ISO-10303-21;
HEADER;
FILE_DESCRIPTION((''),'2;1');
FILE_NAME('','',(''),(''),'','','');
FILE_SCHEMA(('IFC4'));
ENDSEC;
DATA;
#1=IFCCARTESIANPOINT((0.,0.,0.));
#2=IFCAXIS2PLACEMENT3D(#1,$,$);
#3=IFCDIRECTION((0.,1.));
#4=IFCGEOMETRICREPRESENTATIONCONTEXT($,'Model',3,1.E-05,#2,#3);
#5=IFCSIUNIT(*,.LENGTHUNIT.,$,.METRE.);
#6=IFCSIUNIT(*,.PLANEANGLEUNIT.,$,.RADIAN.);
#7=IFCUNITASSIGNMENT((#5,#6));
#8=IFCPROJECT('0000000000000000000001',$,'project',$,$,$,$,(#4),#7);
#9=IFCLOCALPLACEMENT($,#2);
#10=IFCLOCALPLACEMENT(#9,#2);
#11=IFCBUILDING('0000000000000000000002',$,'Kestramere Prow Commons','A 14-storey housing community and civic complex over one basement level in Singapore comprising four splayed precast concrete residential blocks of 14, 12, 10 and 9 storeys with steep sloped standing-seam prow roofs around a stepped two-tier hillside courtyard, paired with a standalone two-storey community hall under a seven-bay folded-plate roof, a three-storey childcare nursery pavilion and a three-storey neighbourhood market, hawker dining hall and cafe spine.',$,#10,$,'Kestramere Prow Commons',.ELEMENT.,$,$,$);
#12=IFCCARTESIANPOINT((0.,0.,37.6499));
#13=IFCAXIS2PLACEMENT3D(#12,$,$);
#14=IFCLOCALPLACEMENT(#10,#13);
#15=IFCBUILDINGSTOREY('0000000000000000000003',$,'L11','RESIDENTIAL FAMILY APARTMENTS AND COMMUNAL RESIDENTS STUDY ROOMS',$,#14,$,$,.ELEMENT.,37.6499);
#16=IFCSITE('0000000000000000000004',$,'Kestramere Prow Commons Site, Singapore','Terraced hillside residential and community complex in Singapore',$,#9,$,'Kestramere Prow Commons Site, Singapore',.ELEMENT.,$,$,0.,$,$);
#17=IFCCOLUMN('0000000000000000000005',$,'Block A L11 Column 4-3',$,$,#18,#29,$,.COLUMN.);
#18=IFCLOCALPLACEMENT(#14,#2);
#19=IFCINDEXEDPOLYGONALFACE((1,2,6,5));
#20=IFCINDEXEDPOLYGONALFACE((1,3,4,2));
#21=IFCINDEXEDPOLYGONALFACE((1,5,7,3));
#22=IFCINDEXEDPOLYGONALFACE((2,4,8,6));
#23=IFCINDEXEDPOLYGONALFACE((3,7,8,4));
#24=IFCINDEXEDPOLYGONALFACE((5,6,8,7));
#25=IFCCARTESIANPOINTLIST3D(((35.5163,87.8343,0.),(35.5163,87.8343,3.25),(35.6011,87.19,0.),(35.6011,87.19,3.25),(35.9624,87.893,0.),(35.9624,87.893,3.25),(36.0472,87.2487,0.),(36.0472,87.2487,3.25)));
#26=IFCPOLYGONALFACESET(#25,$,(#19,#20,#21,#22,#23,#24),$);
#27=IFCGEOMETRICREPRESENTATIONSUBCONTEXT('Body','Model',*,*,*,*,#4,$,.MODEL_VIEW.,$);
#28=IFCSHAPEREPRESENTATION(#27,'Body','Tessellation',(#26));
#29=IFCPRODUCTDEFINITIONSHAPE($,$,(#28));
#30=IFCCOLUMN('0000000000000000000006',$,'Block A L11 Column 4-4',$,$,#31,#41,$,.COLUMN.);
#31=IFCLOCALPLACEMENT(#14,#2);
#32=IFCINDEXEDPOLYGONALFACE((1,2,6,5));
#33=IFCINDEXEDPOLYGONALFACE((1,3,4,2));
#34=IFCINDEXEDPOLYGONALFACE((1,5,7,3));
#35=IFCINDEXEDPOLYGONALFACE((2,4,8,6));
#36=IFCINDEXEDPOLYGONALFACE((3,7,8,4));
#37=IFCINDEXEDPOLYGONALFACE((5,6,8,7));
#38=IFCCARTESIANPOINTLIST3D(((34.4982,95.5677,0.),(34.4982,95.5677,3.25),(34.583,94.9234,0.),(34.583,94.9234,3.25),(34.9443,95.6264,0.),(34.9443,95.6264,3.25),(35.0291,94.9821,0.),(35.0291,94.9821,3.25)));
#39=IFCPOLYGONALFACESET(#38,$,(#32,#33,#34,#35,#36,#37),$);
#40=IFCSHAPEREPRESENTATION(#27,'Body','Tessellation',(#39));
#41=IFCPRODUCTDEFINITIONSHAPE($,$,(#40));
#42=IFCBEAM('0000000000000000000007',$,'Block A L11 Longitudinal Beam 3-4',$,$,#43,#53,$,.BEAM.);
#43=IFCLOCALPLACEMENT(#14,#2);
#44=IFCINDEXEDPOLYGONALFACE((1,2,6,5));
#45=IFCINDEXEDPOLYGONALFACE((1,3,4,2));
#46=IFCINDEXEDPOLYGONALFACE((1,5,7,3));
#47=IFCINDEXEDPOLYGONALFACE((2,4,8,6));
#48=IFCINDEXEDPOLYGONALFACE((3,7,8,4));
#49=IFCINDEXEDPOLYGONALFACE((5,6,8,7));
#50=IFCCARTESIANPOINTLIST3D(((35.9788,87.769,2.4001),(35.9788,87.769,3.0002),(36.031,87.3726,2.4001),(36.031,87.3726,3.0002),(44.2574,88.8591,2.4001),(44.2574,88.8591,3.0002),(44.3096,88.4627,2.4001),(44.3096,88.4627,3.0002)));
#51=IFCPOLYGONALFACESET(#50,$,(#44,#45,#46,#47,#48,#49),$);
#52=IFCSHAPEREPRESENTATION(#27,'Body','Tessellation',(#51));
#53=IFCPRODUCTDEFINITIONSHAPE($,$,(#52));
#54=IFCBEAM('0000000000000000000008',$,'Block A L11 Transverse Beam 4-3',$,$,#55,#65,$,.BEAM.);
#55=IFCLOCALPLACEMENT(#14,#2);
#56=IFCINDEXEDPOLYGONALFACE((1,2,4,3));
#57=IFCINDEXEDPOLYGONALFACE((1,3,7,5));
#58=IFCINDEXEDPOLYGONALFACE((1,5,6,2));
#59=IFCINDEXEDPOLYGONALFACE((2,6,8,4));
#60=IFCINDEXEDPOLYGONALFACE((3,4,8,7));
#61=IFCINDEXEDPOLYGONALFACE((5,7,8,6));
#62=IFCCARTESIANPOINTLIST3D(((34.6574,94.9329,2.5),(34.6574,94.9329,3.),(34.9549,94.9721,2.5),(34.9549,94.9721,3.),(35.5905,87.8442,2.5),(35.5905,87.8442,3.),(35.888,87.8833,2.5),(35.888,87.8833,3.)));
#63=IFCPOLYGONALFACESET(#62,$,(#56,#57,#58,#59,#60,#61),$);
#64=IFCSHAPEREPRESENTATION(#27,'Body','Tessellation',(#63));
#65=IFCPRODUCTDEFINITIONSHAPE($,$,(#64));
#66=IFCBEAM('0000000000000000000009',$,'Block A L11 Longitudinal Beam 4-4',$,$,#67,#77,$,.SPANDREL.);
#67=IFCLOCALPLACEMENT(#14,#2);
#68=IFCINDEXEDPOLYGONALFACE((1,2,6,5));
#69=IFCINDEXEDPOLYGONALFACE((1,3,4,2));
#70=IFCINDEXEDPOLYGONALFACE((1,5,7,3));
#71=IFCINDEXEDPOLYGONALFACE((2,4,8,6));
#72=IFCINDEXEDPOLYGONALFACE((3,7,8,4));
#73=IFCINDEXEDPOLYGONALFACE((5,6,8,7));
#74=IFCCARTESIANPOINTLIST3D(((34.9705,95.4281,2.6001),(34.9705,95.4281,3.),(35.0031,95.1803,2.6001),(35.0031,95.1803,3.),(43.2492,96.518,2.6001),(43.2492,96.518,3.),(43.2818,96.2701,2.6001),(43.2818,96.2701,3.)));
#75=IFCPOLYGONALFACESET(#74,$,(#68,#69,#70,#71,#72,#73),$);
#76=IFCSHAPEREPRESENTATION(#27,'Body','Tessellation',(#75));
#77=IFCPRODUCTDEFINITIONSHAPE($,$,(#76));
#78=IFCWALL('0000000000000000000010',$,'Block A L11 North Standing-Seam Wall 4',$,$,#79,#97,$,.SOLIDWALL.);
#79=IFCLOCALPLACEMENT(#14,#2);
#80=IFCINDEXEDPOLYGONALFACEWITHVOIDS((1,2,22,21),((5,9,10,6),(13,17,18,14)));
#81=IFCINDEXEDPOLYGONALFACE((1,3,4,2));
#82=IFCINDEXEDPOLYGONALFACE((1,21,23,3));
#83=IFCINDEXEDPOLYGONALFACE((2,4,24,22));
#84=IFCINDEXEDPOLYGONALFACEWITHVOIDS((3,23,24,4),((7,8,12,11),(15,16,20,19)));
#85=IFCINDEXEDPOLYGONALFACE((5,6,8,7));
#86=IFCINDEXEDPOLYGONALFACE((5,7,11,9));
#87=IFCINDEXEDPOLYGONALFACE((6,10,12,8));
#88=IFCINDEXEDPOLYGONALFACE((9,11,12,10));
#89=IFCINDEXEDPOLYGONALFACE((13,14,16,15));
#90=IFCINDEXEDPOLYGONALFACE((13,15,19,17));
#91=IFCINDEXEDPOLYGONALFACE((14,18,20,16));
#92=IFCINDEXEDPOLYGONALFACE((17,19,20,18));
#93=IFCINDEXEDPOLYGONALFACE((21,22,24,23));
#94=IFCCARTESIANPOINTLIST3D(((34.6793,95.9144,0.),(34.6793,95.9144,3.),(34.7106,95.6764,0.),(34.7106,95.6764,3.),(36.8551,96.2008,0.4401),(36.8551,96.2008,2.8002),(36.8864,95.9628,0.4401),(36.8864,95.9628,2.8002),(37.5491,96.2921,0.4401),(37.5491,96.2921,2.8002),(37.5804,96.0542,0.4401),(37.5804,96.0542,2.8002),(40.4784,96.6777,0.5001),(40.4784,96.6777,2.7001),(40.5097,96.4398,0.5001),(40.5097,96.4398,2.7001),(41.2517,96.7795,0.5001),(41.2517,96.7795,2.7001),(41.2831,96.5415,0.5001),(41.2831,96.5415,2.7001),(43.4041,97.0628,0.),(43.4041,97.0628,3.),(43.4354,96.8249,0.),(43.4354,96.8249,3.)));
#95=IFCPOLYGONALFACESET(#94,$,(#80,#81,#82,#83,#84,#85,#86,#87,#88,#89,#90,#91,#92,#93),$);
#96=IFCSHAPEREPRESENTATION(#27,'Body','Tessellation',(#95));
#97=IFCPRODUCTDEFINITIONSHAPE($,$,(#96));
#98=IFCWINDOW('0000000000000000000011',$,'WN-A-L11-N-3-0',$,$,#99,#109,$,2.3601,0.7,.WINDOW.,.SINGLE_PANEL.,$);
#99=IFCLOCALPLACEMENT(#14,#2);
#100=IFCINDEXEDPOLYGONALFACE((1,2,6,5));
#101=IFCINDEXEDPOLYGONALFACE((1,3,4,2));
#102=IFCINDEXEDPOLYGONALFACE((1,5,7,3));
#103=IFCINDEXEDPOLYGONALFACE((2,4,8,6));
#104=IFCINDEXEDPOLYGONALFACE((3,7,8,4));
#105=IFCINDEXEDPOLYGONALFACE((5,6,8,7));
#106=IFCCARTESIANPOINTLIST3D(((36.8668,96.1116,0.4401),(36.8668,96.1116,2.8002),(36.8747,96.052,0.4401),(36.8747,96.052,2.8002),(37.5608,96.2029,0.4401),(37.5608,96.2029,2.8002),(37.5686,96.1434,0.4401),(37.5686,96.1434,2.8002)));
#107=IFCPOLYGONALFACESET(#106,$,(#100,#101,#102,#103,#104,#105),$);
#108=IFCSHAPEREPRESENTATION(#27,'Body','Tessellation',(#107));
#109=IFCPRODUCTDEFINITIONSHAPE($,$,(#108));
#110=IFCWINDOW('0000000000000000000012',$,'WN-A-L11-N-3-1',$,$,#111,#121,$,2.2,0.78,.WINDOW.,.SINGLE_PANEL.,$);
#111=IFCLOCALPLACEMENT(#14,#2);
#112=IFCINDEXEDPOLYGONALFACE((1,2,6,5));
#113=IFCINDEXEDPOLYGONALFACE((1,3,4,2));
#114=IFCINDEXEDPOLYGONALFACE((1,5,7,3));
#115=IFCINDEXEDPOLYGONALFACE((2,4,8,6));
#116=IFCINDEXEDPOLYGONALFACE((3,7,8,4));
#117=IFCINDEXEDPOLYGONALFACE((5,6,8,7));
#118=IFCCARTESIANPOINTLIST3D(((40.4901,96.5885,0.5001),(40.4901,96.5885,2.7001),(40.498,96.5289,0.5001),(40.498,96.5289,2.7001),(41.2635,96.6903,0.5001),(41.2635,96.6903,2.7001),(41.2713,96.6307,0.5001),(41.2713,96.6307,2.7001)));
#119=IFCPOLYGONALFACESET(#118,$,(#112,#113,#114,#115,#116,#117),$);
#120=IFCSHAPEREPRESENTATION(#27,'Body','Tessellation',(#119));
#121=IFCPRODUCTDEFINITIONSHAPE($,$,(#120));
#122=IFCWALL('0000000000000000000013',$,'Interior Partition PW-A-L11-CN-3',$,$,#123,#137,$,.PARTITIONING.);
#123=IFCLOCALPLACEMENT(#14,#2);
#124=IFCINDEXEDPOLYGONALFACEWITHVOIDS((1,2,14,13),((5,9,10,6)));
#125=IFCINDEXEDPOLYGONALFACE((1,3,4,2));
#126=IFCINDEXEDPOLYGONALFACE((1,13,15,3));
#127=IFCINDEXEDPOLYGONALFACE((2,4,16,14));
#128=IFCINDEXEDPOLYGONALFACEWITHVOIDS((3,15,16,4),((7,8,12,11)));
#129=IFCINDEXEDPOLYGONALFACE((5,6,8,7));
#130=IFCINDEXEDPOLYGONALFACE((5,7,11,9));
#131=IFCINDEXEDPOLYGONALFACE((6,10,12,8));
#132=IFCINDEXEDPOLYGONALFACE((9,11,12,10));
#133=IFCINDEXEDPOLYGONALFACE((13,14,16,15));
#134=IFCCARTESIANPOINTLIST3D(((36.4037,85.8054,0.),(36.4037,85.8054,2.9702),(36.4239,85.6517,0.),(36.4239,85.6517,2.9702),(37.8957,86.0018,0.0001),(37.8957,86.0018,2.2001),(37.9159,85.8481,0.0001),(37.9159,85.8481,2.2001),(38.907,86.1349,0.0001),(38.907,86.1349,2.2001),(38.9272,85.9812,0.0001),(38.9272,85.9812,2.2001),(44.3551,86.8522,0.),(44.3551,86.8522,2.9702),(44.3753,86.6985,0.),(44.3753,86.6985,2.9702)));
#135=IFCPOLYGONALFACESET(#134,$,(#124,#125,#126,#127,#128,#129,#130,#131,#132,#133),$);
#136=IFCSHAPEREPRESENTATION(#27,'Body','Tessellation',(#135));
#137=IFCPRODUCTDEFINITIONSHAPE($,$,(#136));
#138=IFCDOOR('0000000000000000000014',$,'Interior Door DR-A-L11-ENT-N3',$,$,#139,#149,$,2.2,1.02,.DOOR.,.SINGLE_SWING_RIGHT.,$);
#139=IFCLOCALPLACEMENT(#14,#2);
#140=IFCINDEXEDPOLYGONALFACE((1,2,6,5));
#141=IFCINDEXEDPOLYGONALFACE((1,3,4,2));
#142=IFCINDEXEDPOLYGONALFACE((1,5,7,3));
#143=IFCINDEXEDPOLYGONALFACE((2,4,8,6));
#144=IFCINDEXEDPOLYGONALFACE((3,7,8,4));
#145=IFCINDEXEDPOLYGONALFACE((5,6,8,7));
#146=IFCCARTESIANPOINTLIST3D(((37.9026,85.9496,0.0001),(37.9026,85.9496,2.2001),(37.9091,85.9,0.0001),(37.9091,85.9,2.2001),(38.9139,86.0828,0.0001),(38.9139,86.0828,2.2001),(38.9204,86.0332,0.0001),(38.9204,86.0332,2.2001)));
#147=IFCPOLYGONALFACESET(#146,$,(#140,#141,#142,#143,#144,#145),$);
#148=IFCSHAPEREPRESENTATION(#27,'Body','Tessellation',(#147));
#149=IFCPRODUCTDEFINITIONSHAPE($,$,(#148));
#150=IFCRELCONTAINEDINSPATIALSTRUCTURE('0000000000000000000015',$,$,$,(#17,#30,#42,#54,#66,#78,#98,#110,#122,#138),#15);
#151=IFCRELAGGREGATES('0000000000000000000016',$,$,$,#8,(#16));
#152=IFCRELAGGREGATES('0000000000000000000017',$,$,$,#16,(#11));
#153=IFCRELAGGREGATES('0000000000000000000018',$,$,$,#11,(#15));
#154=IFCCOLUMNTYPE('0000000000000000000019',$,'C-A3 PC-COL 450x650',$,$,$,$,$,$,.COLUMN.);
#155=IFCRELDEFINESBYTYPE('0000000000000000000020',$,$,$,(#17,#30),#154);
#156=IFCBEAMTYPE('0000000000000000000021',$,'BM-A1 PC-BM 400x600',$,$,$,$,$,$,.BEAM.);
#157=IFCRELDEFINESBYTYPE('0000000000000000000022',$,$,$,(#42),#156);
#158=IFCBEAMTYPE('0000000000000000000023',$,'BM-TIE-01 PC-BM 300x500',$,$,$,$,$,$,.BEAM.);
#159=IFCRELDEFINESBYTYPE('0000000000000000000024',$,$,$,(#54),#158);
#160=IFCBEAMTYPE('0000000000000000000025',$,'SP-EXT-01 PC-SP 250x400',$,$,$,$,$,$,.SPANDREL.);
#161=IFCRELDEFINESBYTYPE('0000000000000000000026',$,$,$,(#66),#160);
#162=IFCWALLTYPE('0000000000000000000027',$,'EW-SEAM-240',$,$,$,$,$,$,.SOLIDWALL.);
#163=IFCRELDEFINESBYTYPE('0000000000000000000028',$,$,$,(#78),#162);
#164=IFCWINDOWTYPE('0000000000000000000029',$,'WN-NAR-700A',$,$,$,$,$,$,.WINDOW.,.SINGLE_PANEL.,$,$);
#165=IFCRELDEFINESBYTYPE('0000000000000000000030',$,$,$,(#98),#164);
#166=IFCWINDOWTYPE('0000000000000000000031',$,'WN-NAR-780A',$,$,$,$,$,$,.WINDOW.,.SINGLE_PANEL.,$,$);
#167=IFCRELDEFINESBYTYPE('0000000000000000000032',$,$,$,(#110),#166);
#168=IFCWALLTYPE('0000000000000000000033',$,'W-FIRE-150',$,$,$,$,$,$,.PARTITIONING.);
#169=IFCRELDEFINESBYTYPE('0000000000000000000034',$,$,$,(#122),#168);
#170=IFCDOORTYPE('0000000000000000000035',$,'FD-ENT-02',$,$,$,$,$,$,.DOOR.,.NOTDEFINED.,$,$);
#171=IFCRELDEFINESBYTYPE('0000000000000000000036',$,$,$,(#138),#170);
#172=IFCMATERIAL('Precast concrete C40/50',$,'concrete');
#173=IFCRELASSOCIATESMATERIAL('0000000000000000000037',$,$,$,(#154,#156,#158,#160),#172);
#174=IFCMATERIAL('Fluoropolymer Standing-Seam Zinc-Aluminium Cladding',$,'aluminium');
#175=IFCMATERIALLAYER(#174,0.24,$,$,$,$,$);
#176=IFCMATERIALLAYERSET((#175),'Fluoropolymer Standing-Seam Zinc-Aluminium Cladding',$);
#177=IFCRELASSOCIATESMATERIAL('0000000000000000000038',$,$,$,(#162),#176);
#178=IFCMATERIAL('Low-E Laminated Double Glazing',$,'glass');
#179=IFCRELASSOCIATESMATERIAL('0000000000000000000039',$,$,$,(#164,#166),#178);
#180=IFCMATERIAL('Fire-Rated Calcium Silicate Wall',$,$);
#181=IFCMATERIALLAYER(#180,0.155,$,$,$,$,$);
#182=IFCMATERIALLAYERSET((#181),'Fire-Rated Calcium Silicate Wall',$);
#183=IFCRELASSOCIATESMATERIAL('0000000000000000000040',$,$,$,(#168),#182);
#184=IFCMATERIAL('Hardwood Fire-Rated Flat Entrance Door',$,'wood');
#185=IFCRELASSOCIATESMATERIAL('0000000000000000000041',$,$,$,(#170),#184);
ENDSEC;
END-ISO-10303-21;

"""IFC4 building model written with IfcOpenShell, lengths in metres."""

from ifc_helpers import new_model, si_unit, direction, frame, frame_2d, origin, origin_2d, place, context, subcontext, project, spatial, rectangle, extrude, material, layer, layer_set, material_profile, profile_set, type_object, element, fill, save


model = new_model("IFC4")

# Units and contexts
model_context = context("Model", 3, precision=1e-05, world=origin(), true_north=direction((0.0, 1.0)))
body_context = subcontext(model_context, "Body", "Model", "MODEL_VIEW")
ifc_project = project(units=[si_unit("LENGTHUNIT", "METRE"), si_unit("PLANEANGLEUNIT", "RADIAN")], contexts=[model_context])

# Site, building, storey
site_placement = place(None, origin())
site = spatial("IfcSite", under=ifc_project, at=site_placement, Name="Kestramere Prow Commons Site, Singapore", Description="Terraced hillside residential and community complex in Singapore", LongName="Kestramere Prow Commons Site, Singapore", CompositionType="ELEMENT", RefElevation=0.0)
building_placement = place(site_placement, origin())
building = spatial("IfcBuilding", under=site, at=building_placement, Name="Kestramere Prow Commons", Description="A 14-storey housing community and civic complex over one basement level in Singapore comprising four splayed precast concrete residential blocks of 14, 12, 10 and 9 storeys with steep sloped standing-seam prow roofs around a stepped two-tier hillside courtyard, paired with a standalone two-storey community hall under a seven-bay folded-plate roof, a three-storey childcare nursery pavilion and a three-storey neighbourhood market, hawker dining hall and cafe spine.", LongName="Kestramere Prow Commons", CompositionType="ELEMENT")
storey_placement = place(building_placement, frame((0.0, 0.0, 37.6499)))
storey = spatial("IfcBuildingStorey", under=building, at=storey_placement, Name="L11", Description="RESIDENTIAL FAMILY APARTMENTS AND COMMUNAL RESIDENTS STUDY ROOMS", CompositionType="ELEMENT", Elevation=37.6499)

# Columns
ifc_material_1 = material(Name="Precast concrete C40/50", Category="concrete")
ifc_material_profile_1 = material_profile(ifc_material_1, rectangle(XDim=0.45, YDim=0.6499, at=origin_2d()), Name="PC-COL 450x650")
ifc_profile_set_1 = profile_set([ifc_material_profile_1], Name="Precast concrete C40/50")
column_type = type_object("IfcColumnType", Name="C-A3 PC-COL 450x650", PredefinedType="COLUMN", material=ifc_profile_set_1)
for number, where, z_axis, x_axis, name in (
    (1, (35.7817, 87.5415, 0.0), (0.0, 0.0, 1.0), (0.991445, 0.130526, 0.0), "Block A L11 Column 4-3"),
    (2, (34.7637, 95.2749, 0.0), (0.0, 0.0, 1.0), (0.991445, 0.130526, 0.0), "Block A L11 Column 4-4"),
):
    element("IfcColumn", number, at=place(storey_placement, frame(where, z_axis=z_axis, x_axis=x_axis)), inside=storey, type_object=column_type, Name=name, PredefinedType="COLUMN", context=body_context, shape_type="SweptSolid", body=[
        extrude(rectangle(XDim=0.45, YDim=0.6499, at=origin_2d()), origin(), (0.0, 0.0, 1.0), 3.25),
    ])

# Beams
ifc_material_profile_2 = material_profile(ifc_material_1, rectangle(XDim=0.3999, YDim=0.6001, at=origin_2d()), Name="PC-BM 400x600")
ifc_profile_set_2 = profile_set([ifc_material_profile_2], Name="Precast concrete C40/50")
beam_type_1 = type_object("IfcBeamType", Name="BM-A1 PC-BM 400x600", PredefinedType="BEAM", material=ifc_profile_set_2)
beam_1_placement = place(storey_placement, frame((36.0049, 87.5708, 2.7002), z_axis=(0.991442, 0.130549, 0.0), x_axis=(-0.130549, 0.991442, 0.0)))
element("IfcBeam", 3, at=beam_1_placement, inside=storey, type_object=beam_type_1, Name="Block A L11 Longitudinal Beam 3-4", PredefinedType="BEAM", context=body_context, shape_type="SweptSolid", body=[
    extrude(rectangle(XDim=0.3999, YDim=0.6001, at=origin_2d()), origin(), (0.0, 0.0, 1.0), 8.3501),
])
ifc_material_profile_3 = material_profile(ifc_material_1, rectangle(XDim=0.3, YDim=0.5, at=origin_2d()), Name="PC-BM 300x500")
ifc_profile_set_3 = profile_set([ifc_material_profile_3], Name="Precast concrete C40/50")
beam_type_2 = type_object("IfcBeamType", Name="BM-TIE-01 PC-BM 300x500", PredefinedType="BEAM", material=ifc_profile_set_3)
beam_2_placement = place(storey_placement, frame((35.7393, 87.8638, 2.75), z_axis=(-0.130504, 0.991448, 0.0), x_axis=(-0.991448, -0.130504, 0.0)))
element("IfcBeam", 4, at=beam_2_placement, inside=storey, type_object=beam_type_2, Name="Block A L11 Transverse Beam 4-3", PredefinedType="BEAM", context=body_context, shape_type="SweptSolid", body=[
    extrude(rectangle(XDim=0.3, YDim=0.5, at=origin_2d()), origin(), (0.0, 0.0, 1.0), 7.1499),
])
ifc_material_profile_4 = material_profile(ifc_material_1, rectangle(XDim=0.25, YDim=0.3999, at=origin_2d()), Name="PC-SP 250x400")
ifc_profile_set_4 = profile_set([ifc_material_profile_4], Name="Precast concrete C40/50")
beam_type_3 = type_object("IfcBeamType", Name="SP-EXT-01 PC-SP 250x400", PredefinedType="SPANDREL", material=ifc_profile_set_4)
beam_3_placement = place(storey_placement, frame((34.9868, 95.3042, 2.8), z_axis=(0.991446, 0.13052, 0.0), x_axis=(-0.13052, 0.991446, 0.0)))
element("IfcBeam", 5, at=beam_3_placement, inside=storey, type_object=beam_type_3, Name="Block A L11 Longitudinal Beam 4-4", PredefinedType="SPANDREL", context=body_context, shape_type="SweptSolid", body=[
    extrude(rectangle(XDim=0.25, YDim=0.3999, at=origin_2d()), origin(), (0.0, 0.0, 1.0), 8.3501),
])

# Wall, openings, windows
ifc_material_2 = material(Name="Fluoropolymer Standing-Seam Zinc-Aluminium Cladding", Category="aluminium")
ifc_layer_1 = layer(ifc_material_2, 0.24)
ifc_layer_set_1 = layer_set([ifc_layer_1], Name="Fluoropolymer Standing-Seam Zinc-Aluminium Cladding")
wall_type_1 = type_object("IfcWallType", Name="EW-SEAM-240", PredefinedType="SOLIDWALL", material=ifc_layer_set_1)
wall_1_placement = place(storey_placement, frame((34.6951, 95.7954, 0.0), z_axis=(0.0, 0.0, 1.0), x_axis=(0.991448, 0.130503, 0.0)))
wall_1 = element("IfcWall", 6, at=wall_1_placement, inside=storey, type_object=wall_type_1, Name="Block A L11 North Standing-Seam Wall 4", PredefinedType="SOLIDWALL", context=body_context, shape_type="SweptSolid", body=[
    extrude(rectangle(XDim=8.8, YDim=0.24, at=frame_2d((4.3999, 0.0))), origin(), (0.0, 0.0, 1.0), 3.0),
])
opening_1_placement = place(wall_1_placement, frame((2.1943, 0.0, 0.4399)))
opening_1 = element("IfcOpeningElement", 7, at=opening_1_placement, cuts=wall_1, PredefinedType="OPENING", context=body_context, shape_type="SweptSolid", body=[
    extrude(rectangle(XDim=0.7, YDim=2.3601, at=frame_2d((0.3501, 1.1802))), frame((0.0, 0.135, 0.0), z_axis=(0.0, -1.0, 0.0), x_axis=(1.0, 0.0, 0.0)), (0.0, 0.0, 1.0), 0.27),
])
opening_2_placement = place(wall_1_placement, frame((5.8489, 0.0, 0.5)))
opening_2 = element("IfcOpeningElement", 8, at=opening_2_placement, cuts=wall_1, PredefinedType="OPENING", context=body_context, shape_type="SweptSolid", body=[
    extrude(rectangle(XDim=0.78, YDim=2.2, at=frame_2d((0.3901, 1.1001))), frame((0.0, 0.135, 0.0), z_axis=(0.0, -1.0, 0.0), x_axis=(1.0, 0.0, 0.0)), (0.0, 0.0, 1.0), 0.27),
])
ifc_material_3 = material(Name="Low-E Laminated Double Glazing", Category="glass")
window_type_1 = type_object("IfcWindowType", Name="WN-NAR-700A", PartitioningType="SINGLE_PANEL", PredefinedType="WINDOW", material=ifc_material_3)
window_1_placement = place(opening_1_placement, origin())
window_1 = element("IfcWindow", 9, at=window_1_placement, inside=storey, type_object=window_type_1, Name="WN-A-L11-N-3-0", OverallHeight=2.3601, OverallWidth=0.7, PartitioningType="SINGLE_PANEL", PredefinedType="WINDOW", context=body_context, shape_type="SweptSolid", body=[
    extrude(rectangle(XDim=0.7, YDim=2.3601, at=frame_2d((0.3501, 1.1802))), frame((0.0, 0.03, 0.0), z_axis=(0.0, -1.0, 0.0), x_axis=(1.0, 0.0, 0.0)), (0.0, 0.0, 1.0), 0.0601),
])
fill(opening_1, window_1)
window_type_2 = type_object("IfcWindowType", Name="WN-NAR-780A", PartitioningType="SINGLE_PANEL", PredefinedType="WINDOW", material=ifc_material_3)
window_2_placement = place(opening_2_placement, origin())
window_2 = element("IfcWindow", 10, at=window_2_placement, inside=storey, type_object=window_type_2, Name="WN-A-L11-N-3-1", OverallHeight=2.2, OverallWidth=0.78, PartitioningType="SINGLE_PANEL", PredefinedType="WINDOW", context=body_context, shape_type="SweptSolid", body=[
    extrude(rectangle(XDim=0.78, YDim=2.2, at=frame_2d((0.3901, 1.1001))), frame((0.0, 0.03, 0.0), z_axis=(0.0, -1.0, 0.0), x_axis=(1.0, 0.0, 0.0)), (0.0, 0.0, 1.0), 0.0601),
])
fill(opening_2, window_2)

# Wall, opening, door
ifc_material_4 = material(Name="Fire-Rated Calcium Silicate Wall")
ifc_layer_2 = layer(ifc_material_4, 0.155)
ifc_layer_set_2 = layer_set([ifc_layer_2], Name="Fire-Rated Calcium Silicate Wall")
wall_type_2 = type_object("IfcWallType", Name="W-FIRE-150", PredefinedType="PARTITIONING", material=ifc_layer_set_2)
wall_2_placement = place(storey_placement, frame((36.4138, 85.7285, 0.0), z_axis=(0.0, 0.0, 1.0), x_axis=(0.991444, 0.130532, 0.0)))
wall_2 = element("IfcWall", 11, at=wall_2_placement, inside=storey, type_object=wall_type_2, Name="Interior Partition PW-A-L11-CN-3", PredefinedType="PARTITIONING", context=body_context, shape_type="SweptSolid", body=[
    extrude(rectangle(XDim=8.02, YDim=0.155, at=frame_2d((4.01, 0.0))), origin(), (0.0, 0.0, 1.0), 2.9702),
])
opening_3_placement = place(wall_2_placement, frame((1.5049, 0.0, 0.0)))
opening_3 = element("IfcOpeningElement", 12, at=opening_3_placement, cuts=wall_2, PredefinedType="OPENING", context=body_context, shape_type="SweptSolid", body=[
    extrude(rectangle(XDim=1.02, YDim=2.2, at=frame_2d((0.51, 1.1001))), frame((0.0, 0.0925, 0.0), z_axis=(0.0, -1.0, 0.0), x_axis=(1.0, 0.0, 0.0)), (0.0, 0.0, 1.0), 0.1851),
])
ifc_material_5 = material(Name="Hardwood Fire-Rated Flat Entrance Door", Category="wood")
door_type_1 = type_object("IfcDoorType", Name="FD-ENT-02", OperationType="NOTDEFINED", PredefinedType="DOOR", material=ifc_material_5)
door_1_placement = place(opening_3_placement, origin())
door_1 = element("IfcDoor", 13, at=door_1_placement, inside=storey, type_object=door_type_1, Name="Interior Door DR-A-L11-ENT-N3", OperationType="SINGLE_SWING_RIGHT", OverallHeight=2.2, OverallWidth=1.02, PredefinedType="DOOR", context=body_context, shape_type="SweptSolid", body=[
    extrude(rectangle(XDim=1.02, YDim=2.2, at=frame_2d((0.51, 1.1001))), frame((0.0, 0.0249, 0.0), z_axis=(0.0, -1.0, 0.0), x_axis=(1.0, 0.0, 0.0)), (0.0, 0.0, 1.0), 0.05),
])
fill(opening_3, door_1)

save(model, "model.ifc")
